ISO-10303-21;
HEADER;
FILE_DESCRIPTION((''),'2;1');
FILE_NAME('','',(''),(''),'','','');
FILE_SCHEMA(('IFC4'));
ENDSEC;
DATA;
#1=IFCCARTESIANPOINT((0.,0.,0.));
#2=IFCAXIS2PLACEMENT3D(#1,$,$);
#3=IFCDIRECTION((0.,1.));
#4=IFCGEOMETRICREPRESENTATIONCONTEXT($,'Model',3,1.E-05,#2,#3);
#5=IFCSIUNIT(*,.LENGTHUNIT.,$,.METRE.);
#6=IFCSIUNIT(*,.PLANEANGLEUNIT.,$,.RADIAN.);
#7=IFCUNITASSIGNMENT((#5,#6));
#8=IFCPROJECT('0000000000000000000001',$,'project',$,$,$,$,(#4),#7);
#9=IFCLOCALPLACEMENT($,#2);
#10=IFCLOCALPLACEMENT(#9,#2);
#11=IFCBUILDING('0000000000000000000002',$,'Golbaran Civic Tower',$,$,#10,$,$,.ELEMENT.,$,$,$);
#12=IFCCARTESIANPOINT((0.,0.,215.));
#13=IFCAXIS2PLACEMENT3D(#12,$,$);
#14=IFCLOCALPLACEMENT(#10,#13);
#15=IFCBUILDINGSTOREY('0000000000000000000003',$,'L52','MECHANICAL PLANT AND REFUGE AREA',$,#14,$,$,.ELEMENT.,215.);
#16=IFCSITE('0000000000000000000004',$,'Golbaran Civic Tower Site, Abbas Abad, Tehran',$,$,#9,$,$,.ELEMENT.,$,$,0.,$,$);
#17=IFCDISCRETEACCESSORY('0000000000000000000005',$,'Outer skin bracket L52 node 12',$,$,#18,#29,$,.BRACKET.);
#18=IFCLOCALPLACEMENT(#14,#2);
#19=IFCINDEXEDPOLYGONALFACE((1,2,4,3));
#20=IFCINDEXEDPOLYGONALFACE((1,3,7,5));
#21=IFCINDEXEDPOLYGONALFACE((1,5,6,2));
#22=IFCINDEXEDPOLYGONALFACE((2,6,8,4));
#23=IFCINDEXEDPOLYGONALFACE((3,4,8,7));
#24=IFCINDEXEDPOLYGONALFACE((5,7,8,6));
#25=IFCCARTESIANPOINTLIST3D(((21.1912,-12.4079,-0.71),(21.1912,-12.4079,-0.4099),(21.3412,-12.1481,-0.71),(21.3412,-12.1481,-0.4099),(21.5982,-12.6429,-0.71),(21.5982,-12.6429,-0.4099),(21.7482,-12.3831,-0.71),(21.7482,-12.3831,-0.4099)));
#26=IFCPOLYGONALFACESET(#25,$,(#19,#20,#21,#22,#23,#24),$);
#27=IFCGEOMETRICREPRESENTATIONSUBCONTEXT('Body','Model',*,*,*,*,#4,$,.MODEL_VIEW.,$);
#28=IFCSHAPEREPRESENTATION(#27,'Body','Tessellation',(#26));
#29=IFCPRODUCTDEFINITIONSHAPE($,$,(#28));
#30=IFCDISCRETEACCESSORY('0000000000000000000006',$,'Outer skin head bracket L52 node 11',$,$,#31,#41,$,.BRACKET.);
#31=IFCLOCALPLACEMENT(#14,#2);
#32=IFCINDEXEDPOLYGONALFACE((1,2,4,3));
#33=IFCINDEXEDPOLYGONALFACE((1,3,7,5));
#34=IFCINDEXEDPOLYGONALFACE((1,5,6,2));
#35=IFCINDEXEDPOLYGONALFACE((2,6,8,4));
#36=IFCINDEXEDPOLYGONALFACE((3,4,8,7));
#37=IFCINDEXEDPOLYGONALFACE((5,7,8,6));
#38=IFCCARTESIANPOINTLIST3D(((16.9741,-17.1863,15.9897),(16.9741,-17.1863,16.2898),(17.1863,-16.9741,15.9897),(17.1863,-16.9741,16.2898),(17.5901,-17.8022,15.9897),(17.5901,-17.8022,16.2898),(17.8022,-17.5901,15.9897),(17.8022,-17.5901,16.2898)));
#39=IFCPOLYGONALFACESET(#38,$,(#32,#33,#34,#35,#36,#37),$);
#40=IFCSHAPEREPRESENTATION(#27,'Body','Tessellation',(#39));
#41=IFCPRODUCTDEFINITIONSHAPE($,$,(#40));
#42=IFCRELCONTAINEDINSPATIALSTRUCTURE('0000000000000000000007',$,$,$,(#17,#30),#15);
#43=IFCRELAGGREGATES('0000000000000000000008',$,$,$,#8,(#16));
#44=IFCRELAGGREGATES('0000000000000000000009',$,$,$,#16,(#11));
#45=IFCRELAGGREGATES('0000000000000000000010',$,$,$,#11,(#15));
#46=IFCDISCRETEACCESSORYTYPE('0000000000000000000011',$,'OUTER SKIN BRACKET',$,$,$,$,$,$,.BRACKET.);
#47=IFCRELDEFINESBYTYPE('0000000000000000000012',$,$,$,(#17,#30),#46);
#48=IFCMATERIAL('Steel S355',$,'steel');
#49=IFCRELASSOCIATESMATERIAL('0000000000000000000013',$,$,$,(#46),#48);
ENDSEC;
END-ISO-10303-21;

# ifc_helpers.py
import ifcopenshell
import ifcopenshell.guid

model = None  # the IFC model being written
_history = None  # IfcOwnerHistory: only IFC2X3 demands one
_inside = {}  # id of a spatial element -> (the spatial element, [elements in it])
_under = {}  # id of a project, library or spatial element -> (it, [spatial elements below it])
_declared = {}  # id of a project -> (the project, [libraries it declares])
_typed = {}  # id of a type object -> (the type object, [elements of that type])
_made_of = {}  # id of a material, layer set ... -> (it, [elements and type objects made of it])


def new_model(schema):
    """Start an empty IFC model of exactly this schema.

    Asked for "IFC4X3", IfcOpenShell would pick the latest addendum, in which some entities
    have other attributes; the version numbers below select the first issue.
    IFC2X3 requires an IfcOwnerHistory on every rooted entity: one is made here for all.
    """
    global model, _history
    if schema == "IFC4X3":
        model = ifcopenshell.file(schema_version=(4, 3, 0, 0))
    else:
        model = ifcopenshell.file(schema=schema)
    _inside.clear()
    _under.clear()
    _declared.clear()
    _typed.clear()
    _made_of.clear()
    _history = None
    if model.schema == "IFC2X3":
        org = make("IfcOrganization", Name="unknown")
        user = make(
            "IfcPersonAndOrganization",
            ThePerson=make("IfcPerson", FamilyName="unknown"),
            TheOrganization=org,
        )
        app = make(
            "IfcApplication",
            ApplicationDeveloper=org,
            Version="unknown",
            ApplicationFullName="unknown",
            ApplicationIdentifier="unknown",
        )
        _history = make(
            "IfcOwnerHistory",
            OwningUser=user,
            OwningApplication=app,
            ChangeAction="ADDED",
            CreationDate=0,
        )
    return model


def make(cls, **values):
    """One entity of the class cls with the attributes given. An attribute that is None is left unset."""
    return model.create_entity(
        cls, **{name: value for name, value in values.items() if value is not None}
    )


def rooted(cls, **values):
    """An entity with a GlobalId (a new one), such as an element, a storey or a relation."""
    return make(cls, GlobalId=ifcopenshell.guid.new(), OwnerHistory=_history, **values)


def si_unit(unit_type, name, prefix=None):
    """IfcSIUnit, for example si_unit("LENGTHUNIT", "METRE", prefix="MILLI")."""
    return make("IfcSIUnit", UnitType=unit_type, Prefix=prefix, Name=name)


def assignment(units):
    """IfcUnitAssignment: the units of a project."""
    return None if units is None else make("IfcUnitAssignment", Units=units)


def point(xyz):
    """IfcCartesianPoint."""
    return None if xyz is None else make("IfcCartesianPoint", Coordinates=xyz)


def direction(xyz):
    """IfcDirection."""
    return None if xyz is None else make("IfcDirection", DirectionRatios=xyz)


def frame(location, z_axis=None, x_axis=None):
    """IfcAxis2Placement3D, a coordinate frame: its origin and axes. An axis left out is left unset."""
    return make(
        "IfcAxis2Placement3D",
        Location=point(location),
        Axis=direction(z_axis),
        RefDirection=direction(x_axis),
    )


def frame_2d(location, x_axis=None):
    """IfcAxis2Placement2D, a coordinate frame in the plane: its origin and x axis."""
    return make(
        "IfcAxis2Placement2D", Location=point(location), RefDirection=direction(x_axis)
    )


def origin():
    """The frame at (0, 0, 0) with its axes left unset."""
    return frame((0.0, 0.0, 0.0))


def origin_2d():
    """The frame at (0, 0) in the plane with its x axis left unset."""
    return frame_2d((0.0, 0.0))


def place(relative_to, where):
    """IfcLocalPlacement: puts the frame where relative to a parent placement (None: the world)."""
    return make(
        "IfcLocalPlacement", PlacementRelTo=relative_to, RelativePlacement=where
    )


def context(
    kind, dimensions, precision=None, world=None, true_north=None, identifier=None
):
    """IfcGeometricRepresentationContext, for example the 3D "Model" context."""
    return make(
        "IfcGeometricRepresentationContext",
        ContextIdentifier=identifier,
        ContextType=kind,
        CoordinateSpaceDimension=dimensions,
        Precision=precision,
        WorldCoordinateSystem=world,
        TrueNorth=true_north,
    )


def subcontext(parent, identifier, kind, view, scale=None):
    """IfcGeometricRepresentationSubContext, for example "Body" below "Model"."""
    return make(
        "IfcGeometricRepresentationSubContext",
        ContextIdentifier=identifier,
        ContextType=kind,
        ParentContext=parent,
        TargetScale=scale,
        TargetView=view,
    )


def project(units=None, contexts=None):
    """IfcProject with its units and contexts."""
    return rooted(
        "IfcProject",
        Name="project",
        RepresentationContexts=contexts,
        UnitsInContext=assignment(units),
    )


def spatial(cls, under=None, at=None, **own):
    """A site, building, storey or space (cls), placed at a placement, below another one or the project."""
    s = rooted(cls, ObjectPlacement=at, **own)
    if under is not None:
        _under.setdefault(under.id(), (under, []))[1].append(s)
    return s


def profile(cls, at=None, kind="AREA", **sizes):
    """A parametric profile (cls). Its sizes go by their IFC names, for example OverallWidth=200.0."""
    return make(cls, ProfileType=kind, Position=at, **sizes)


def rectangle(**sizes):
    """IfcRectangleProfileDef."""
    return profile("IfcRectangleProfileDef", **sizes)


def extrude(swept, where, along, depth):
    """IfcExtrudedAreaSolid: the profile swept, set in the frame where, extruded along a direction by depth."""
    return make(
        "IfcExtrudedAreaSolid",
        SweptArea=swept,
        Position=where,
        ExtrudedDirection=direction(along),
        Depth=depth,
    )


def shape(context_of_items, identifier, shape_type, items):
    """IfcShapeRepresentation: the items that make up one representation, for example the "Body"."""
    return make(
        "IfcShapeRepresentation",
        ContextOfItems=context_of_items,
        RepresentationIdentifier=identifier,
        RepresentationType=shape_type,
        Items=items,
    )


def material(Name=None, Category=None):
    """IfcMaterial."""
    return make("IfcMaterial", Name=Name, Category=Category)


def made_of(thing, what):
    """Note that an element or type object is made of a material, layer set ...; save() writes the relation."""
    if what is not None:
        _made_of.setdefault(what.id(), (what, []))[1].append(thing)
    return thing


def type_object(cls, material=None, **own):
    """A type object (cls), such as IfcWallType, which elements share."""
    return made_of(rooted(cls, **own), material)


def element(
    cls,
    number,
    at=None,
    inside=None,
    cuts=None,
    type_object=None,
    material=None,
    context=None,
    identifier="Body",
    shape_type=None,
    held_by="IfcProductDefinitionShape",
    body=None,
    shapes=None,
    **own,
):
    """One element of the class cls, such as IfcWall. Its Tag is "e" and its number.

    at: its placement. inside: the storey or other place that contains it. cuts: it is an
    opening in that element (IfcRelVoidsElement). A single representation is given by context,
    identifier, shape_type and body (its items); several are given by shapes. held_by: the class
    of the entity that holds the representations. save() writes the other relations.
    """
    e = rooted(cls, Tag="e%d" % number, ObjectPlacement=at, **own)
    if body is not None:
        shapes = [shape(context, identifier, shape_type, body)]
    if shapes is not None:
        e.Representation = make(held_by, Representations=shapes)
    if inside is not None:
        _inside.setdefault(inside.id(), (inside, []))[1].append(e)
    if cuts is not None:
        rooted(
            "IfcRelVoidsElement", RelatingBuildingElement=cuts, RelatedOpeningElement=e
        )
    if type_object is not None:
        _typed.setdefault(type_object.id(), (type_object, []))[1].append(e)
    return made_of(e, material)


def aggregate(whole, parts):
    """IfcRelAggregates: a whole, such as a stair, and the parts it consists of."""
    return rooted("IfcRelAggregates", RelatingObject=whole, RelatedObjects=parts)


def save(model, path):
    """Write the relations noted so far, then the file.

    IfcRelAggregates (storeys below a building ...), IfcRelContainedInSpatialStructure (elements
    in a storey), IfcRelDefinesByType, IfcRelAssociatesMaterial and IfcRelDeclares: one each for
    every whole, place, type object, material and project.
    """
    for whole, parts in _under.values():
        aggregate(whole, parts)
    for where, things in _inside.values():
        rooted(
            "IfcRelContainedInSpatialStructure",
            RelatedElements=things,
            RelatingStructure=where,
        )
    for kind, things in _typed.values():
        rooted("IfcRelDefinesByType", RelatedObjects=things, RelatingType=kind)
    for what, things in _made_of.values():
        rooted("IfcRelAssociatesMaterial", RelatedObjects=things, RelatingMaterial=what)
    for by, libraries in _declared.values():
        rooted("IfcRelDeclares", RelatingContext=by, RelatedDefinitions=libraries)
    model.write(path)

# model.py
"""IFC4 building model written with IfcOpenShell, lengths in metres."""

from ifc_helpers import new_model, si_unit, direction, frame, origin, origin_2d, place, context, subcontext, project, spatial, rectangle, extrude, material, type_object, element, save


model = new_model("IFC4")

# Units and contexts
model_context = context("Model", 3, precision=1e-05, world=origin(), true_north=direction((0.0, 1.0)))
body_context = subcontext(model_context, "Body", "Model", "MODEL_VIEW")
ifc_project = project(units=[si_unit("LENGTHUNIT", "METRE"), si_unit("PLANEANGLEUNIT", "RADIAN")], contexts=[model_context])

# Site, building, storey
site_placement = place(None, origin())
site = spatial("IfcSite", under=ifc_project, at=site_placement, Name="Golbaran Civic Tower Site, Abbas Abad, Tehran", CompositionType="ELEMENT", RefElevation=0.0)
building_placement = place(site_placement, origin())
building = spatial("IfcBuilding", under=site, at=building_placement, Name="Golbaran Civic Tower", CompositionType="ELEMENT")
storey_placement = place(building_placement, frame((0.0, 0.0, 215.0)))
storey = spatial("IfcBuildingStorey", under=building, at=storey_placement, Name="L52", Description="MECHANICAL PLANT AND REFUGE AREA", CompositionType="ELEMENT", Elevation=215.0)

# Shared definitions
ifc_material_1 = material(Name="Steel S355", Category="steel")

# Discrete accessories
discrete_accessory_type = type_object("IfcDiscreteAccessoryType", Name="OUTER SKIN BRACKET", PredefinedType="BRACKET", material=ifc_material_1)
discrete_accessory_1_placement = place(storey_placement, frame((21.4697, -12.3955, -0.71), z_axis=(0.0, 0.0, 1.0), x_axis=(0.866025, -0.5, 0.0)))
element("IfcDiscreteAccessory", 1, at=discrete_accessory_1_placement, inside=storey, type_object=discrete_accessory_type, Name="Outer skin bracket L52 node 12", PredefinedType="BRACKET", context=body_context, shape_type="SweptSolid", body=[
    extrude(rectangle(XDim=0.47, YDim=0.3, at=origin_2d()), origin(), (0.0, 0.0, 1.0), 0.3),
])
discrete_accessory_2_placement = place(storey_placement, frame((17.3882, -17.3882, 15.9897), z_axis=(0.0, 0.0, 1.0), x_axis=(0.707107, -0.707107, 0.0)))
element("IfcDiscreteAccessory", 2, at=discrete_accessory_2_placement, inside=storey, type_object=discrete_accessory_type, Name="Outer skin head bracket L52 node 11", PredefinedType="BRACKET", context=body_context, shape_type="SweptSolid", body=[
    extrude(rectangle(XDim=0.8711, YDim=0.3, at=origin_2d()), origin(), (0.0, 0.0, 1.0), 0.3),
])

save(model, "model.ifc")
